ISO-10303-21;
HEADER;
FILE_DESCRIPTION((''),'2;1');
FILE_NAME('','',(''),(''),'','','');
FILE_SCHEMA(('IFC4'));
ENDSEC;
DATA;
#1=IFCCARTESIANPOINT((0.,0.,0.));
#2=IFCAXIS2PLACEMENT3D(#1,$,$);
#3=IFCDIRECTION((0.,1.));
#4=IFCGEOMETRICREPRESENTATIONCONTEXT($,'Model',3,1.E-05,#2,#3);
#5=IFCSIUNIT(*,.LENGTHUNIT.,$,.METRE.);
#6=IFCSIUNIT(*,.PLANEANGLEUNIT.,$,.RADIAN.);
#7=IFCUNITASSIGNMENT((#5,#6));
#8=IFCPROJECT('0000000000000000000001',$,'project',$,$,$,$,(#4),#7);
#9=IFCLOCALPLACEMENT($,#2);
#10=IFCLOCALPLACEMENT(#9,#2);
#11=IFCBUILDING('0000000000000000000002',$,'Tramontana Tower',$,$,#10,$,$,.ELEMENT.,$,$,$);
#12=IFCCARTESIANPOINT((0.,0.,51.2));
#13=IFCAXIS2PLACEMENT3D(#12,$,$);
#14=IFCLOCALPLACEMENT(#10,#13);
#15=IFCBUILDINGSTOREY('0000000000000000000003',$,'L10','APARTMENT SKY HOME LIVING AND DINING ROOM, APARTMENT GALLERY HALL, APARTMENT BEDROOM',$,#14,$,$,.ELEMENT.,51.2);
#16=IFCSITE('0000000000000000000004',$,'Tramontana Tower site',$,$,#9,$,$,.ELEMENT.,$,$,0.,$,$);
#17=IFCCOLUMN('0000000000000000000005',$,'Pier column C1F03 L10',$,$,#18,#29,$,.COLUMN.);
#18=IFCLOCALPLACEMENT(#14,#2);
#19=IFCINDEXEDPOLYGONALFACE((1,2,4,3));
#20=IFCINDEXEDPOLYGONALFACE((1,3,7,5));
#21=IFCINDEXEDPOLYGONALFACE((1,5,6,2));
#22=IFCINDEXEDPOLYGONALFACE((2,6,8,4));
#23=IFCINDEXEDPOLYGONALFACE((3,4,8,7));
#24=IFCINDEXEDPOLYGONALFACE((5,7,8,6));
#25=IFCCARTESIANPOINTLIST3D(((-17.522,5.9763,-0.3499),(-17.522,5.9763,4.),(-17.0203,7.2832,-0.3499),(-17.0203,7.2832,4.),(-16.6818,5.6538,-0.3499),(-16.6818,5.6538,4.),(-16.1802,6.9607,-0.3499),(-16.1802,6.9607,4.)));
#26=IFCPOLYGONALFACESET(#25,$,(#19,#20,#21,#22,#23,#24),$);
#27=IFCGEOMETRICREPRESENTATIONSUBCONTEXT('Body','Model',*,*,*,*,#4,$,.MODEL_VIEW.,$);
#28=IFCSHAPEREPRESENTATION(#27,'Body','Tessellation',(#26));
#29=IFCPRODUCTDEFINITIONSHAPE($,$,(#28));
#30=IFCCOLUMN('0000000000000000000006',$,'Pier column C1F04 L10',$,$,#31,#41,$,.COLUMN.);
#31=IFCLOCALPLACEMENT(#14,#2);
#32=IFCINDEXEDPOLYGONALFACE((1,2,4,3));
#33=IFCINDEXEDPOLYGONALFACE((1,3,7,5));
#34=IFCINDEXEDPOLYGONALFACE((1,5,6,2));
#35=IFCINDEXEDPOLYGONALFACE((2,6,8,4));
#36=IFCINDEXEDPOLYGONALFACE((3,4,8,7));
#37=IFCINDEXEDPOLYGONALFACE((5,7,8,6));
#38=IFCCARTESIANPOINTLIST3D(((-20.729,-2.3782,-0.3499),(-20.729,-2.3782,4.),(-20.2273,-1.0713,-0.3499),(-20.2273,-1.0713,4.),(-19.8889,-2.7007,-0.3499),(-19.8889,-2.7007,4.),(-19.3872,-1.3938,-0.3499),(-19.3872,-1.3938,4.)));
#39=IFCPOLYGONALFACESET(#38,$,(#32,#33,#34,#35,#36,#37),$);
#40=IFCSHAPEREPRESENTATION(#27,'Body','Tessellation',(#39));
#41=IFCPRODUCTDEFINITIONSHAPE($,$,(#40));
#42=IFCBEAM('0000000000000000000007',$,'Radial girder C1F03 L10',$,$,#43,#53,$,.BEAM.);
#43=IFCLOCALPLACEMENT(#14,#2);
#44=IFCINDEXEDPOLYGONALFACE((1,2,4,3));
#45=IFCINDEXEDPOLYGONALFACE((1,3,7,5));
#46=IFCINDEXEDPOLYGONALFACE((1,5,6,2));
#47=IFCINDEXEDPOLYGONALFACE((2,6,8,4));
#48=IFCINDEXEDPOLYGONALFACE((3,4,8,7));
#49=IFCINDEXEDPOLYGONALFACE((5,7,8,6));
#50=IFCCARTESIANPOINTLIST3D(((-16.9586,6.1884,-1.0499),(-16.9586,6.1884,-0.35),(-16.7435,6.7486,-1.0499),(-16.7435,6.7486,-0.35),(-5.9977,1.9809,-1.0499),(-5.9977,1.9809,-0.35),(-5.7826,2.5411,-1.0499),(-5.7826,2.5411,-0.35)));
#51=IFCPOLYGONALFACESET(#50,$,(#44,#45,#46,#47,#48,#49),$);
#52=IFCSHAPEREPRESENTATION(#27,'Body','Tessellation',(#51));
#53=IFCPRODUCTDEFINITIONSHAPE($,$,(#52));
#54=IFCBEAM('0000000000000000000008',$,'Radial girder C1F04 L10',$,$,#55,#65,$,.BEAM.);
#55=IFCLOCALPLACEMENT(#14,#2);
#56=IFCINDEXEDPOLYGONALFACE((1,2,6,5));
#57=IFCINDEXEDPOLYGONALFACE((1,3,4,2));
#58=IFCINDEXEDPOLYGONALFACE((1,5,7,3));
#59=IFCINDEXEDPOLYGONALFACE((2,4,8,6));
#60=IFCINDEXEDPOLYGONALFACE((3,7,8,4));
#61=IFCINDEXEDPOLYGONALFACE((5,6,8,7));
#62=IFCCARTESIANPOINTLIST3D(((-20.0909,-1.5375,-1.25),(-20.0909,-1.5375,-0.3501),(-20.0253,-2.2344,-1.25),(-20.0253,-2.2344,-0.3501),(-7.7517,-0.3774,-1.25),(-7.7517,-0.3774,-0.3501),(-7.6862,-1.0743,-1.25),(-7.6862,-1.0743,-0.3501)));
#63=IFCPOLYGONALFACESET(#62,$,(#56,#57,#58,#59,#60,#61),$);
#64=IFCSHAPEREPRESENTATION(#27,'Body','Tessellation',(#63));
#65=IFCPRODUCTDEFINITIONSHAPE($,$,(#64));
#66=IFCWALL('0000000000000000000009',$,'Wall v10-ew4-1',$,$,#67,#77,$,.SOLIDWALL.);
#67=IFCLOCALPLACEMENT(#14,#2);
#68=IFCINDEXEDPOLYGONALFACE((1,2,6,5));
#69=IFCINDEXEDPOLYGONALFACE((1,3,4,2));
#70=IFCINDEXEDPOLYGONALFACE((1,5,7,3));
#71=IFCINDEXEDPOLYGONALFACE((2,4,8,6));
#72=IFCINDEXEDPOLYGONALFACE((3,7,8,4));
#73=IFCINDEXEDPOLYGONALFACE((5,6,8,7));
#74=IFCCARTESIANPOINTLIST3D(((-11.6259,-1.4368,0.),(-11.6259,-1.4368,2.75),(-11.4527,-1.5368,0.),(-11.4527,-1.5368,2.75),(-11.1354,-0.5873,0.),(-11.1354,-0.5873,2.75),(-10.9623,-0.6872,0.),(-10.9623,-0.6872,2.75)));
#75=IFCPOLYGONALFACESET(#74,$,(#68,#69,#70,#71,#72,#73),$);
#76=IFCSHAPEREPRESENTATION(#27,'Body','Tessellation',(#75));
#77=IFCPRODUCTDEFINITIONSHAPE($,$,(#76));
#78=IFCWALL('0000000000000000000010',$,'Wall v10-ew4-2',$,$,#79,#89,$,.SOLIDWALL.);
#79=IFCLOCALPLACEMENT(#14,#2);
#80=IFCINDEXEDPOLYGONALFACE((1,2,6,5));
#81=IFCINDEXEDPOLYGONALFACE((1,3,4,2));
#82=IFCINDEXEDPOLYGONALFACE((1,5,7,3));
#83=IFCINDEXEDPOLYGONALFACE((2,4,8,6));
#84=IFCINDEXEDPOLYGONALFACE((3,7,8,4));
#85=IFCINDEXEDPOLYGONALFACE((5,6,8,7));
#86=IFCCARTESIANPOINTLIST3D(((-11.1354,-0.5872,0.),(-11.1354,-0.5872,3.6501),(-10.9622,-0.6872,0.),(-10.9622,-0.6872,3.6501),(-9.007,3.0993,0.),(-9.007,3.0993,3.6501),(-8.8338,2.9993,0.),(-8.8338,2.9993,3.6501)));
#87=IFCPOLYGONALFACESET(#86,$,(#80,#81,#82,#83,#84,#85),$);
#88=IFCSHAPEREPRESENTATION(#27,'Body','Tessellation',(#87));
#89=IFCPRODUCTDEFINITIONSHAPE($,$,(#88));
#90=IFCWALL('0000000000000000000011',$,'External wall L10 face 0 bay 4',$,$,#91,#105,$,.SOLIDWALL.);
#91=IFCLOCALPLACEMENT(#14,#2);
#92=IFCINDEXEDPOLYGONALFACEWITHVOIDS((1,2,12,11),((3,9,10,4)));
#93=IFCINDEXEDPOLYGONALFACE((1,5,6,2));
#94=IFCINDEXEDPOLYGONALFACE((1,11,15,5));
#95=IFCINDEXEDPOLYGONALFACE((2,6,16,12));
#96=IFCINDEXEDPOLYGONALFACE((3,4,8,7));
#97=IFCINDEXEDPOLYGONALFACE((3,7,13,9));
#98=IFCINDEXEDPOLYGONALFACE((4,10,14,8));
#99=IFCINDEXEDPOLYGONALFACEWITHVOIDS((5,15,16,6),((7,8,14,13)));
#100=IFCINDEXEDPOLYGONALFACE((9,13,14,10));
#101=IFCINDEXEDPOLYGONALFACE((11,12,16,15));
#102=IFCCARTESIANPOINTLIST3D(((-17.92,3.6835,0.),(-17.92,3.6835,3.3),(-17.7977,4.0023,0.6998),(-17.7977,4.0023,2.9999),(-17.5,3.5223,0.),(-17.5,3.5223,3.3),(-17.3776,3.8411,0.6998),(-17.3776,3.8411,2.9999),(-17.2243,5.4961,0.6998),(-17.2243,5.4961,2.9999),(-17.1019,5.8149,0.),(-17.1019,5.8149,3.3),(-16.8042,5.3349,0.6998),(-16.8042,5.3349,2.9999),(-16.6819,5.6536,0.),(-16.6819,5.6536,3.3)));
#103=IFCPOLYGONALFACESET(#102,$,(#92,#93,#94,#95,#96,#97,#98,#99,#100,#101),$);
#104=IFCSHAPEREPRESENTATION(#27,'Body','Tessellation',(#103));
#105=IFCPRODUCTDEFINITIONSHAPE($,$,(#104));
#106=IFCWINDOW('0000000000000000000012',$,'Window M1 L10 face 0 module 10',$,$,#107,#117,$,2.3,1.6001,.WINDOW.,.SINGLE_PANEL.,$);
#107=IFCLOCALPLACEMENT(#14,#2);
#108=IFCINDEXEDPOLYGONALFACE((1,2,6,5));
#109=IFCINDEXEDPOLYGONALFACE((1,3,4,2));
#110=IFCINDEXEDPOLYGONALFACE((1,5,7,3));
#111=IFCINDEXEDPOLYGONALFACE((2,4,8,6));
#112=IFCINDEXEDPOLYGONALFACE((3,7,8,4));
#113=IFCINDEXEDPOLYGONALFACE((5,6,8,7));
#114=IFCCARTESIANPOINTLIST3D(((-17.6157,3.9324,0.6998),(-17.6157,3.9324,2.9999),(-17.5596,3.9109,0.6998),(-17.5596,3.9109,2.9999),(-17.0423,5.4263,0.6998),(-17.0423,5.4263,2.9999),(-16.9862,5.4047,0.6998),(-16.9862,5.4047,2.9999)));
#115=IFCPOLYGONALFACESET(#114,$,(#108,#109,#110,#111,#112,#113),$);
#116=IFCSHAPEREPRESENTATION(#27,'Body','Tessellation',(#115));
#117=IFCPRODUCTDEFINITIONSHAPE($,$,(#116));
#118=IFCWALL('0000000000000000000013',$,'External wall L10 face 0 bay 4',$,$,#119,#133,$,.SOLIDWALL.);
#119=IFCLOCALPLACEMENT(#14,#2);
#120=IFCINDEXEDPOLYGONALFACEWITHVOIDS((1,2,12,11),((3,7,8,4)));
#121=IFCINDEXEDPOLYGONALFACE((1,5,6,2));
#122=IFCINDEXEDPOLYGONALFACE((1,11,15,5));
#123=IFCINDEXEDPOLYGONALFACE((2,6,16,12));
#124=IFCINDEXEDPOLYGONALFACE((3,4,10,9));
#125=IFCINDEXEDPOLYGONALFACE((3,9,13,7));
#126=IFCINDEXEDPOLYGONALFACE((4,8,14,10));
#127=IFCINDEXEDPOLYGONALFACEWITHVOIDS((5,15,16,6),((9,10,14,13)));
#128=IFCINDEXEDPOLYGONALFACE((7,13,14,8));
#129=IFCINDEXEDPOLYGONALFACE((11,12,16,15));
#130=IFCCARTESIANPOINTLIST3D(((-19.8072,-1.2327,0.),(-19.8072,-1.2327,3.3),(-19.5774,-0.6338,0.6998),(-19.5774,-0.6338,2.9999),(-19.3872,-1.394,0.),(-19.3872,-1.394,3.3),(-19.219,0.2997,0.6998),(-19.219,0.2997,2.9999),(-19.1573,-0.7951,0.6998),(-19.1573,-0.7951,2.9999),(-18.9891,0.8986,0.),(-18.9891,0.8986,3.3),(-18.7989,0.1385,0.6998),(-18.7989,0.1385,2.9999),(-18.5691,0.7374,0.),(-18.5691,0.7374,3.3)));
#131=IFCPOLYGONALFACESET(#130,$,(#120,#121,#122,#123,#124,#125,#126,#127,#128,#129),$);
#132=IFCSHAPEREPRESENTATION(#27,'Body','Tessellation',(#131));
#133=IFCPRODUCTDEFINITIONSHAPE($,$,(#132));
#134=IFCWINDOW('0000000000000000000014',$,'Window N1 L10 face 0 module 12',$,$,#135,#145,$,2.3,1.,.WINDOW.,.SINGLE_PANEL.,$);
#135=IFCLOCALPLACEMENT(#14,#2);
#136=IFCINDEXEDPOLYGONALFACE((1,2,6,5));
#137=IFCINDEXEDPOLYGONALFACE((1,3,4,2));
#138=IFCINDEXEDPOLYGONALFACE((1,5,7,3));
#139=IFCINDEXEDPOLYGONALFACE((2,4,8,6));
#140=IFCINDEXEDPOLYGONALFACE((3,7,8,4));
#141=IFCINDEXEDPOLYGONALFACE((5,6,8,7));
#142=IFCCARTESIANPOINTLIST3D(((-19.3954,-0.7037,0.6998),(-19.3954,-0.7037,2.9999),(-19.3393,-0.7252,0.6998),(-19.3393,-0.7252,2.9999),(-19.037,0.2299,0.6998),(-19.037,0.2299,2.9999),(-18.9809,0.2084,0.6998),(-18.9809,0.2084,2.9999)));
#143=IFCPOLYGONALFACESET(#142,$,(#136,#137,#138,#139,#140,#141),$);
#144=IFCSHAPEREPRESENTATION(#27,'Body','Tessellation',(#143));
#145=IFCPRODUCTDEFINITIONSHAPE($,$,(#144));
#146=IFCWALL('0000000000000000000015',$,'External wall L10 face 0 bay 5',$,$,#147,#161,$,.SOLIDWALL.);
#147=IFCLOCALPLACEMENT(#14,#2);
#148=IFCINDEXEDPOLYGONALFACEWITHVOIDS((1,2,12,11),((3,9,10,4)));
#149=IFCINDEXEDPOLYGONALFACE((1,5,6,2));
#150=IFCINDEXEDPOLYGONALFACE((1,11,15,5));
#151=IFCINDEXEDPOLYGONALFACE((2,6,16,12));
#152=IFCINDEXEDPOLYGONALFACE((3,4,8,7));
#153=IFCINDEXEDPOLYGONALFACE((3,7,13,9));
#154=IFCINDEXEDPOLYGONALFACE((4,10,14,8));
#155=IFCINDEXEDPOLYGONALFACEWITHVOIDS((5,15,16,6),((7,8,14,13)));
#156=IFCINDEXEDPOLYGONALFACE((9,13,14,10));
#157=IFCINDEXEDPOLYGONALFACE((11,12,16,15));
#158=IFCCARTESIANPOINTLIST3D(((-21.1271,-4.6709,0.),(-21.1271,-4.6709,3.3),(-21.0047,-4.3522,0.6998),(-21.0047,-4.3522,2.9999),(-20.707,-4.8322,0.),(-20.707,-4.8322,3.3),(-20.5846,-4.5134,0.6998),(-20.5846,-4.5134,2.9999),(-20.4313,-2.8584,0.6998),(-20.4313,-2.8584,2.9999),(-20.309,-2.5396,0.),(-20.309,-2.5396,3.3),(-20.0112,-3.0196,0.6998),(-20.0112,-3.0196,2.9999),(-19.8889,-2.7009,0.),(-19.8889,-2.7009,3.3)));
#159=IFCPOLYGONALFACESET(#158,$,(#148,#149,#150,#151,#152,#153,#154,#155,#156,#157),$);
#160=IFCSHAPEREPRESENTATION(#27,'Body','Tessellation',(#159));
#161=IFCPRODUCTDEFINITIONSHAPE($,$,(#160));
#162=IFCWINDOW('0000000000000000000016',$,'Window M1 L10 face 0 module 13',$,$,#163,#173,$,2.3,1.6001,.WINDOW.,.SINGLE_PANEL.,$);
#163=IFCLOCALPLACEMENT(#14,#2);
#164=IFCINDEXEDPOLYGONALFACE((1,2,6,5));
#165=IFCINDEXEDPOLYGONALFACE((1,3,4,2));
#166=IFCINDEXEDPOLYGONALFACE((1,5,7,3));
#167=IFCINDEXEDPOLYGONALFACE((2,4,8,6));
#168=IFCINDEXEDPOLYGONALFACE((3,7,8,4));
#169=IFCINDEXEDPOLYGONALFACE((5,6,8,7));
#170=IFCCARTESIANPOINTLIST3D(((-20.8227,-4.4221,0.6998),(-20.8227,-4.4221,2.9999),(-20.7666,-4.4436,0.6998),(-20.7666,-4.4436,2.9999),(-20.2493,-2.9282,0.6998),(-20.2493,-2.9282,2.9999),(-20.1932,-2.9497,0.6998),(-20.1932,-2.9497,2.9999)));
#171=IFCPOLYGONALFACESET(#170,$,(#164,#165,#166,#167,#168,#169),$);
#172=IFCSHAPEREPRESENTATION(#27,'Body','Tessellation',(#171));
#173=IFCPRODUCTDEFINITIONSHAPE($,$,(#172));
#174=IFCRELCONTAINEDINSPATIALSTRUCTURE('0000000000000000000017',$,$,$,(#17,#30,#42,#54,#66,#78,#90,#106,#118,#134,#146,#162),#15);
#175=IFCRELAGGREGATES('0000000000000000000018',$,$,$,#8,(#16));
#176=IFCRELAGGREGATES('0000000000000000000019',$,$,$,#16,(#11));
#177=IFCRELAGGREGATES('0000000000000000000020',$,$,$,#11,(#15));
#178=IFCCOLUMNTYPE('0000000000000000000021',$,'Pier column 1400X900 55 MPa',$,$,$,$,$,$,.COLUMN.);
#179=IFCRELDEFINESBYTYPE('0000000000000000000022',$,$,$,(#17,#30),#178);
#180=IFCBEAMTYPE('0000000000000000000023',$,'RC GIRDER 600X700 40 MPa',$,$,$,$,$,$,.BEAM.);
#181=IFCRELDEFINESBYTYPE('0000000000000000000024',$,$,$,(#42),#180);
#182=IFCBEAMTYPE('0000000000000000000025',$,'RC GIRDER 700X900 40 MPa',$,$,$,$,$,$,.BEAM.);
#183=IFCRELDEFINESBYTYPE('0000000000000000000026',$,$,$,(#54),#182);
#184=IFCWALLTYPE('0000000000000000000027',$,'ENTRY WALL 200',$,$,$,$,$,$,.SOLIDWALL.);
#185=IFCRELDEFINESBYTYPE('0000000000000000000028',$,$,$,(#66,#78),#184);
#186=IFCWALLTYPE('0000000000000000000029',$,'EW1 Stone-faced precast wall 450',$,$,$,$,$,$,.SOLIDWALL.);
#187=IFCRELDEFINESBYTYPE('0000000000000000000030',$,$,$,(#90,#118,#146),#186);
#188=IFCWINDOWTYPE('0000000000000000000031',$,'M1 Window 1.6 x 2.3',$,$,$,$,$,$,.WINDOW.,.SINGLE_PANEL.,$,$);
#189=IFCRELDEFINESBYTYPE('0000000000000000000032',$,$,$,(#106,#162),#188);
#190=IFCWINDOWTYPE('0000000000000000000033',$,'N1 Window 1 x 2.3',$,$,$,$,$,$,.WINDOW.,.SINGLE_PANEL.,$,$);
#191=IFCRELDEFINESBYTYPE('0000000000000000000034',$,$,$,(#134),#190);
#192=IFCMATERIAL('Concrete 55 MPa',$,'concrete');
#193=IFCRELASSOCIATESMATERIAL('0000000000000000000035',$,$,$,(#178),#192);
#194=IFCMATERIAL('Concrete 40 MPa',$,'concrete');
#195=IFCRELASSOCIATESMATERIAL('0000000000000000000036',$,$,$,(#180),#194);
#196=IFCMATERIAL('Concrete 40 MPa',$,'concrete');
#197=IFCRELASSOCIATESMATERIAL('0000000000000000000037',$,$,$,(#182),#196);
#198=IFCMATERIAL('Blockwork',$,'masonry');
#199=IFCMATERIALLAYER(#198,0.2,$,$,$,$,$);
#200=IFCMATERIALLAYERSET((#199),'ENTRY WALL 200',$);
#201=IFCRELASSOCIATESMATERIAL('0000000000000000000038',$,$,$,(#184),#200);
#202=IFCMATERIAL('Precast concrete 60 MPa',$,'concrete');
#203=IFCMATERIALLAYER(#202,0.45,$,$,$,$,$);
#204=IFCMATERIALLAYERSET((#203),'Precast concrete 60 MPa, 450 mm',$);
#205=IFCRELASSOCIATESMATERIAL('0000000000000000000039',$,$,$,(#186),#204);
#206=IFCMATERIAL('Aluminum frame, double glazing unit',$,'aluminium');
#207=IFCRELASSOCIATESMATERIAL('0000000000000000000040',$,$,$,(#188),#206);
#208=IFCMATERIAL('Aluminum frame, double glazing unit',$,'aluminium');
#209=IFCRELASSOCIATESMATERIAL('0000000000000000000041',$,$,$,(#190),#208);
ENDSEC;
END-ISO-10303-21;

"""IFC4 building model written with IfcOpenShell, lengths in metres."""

from ifc_helpers import new_model, si_unit, direction, frame, frame_2d, origin, origin_2d, place, context, subcontext, project, spatial, rectangle, extrude, material, layer, layer_set, material_profile, profile_set, type_object, element, fill, save


model = new_model("IFC4")

# Units and contexts
model_context = context("Model", 3, precision=1e-05, world=origin(), true_north=direction((0.0, 1.0)))
body_context = subcontext(model_context, "Body", "Model", "MODEL_VIEW")
ifc_project = project(units=[si_unit("LENGTHUNIT", "METRE"), si_unit("PLANEANGLEUNIT", "RADIAN")], contexts=[model_context])

# Site, building, storey
site_placement = place(None, origin())
site = spatial("IfcSite", under=ifc_project, at=site_placement, Name="Tramontana Tower site", CompositionType="ELEMENT", RefElevation=0.0)
building_placement = place(site_placement, origin())
building = spatial("IfcBuilding", under=site, at=building_placement, Name="Tramontana Tower", CompositionType="ELEMENT")
storey_placement = place(building_placement, frame((0.0, 0.0, 51.2)))
storey = spatial("IfcBuildingStorey", under=building, at=storey_placement, Name="L10", Description="APARTMENT SKY HOME LIVING AND DINING ROOM, APARTMENT GALLERY HALL, APARTMENT BEDROOM", CompositionType="ELEMENT", Elevation=51.2)

# Columns
ifc_material_1 = material(Name="Concrete 55 MPa", Category="concrete")
ifc_material_profile_1 = material_profile(ifc_material_1, rectangle(XDim=1.3999, YDim=0.8999, at=origin_2d()), Name="Pier column 1400X900 55 MPa")
ifc_profile_set_1 = profile_set([ifc_material_profile_1], Name="Concrete 55 MPa")
column_type = type_object("IfcColumnType", Name="Pier column 1400X900 55 MPa", PredefinedType="COLUMN", material=ifc_profile_set_1)
for number, where, z_axis, x_axis, name in (
    (1, (-16.8511, 6.4685, -0.3499), (0.0, 0.0, 1.0), (-0.358368, -0.93358, 0.0), "Pier column C1F03 L10"),
    (2, (-20.0581, -1.886, -0.3499), (0.0, 0.0, 1.0), (-0.358368, -0.93358, 0.0), "Pier column C1F04 L10"),
):
    element("IfcColumn", number, at=place(storey_placement, frame(where, z_axis=z_axis, x_axis=x_axis)), inside=storey, type_object=column_type, Name=name, PredefinedType="COLUMN", context=body_context, shape_type="SweptSolid", body=[
        extrude(rectangle(XDim=1.3999, YDim=0.8999, at=origin_2d()), origin(), (0.0, 0.0, 1.0), 4.3499),
    ])

# Beams
ifc_material_2 = material(Name="Concrete 40 MPa", Category="concrete")
ifc_material_profile_2 = material_profile(ifc_material_2, rectangle(XDim=0.6001, YDim=0.7, at=origin_2d()), Name="RC GIRDER 600X700 40 MPa")
ifc_profile_set_2 = profile_set([ifc_material_profile_2], Name="Concrete 40 MPa")
beam_type_1 = type_object("IfcBeamType", Name="RC GIRDER 600X700 40 MPa", PredefinedType="BEAM", material=ifc_profile_set_2)
beam_1_placement = place(storey_placement, frame((-16.8511, 6.4685, -0.7), z_axis=(0.93358, -0.358369, 0.0), x_axis=(0.358369, 0.93358, 0.0)))
element("IfcBeam", 3, at=beam_1_placement, inside=storey, type_object=beam_type_1, Name="Radial girder C1F03 L10", PredefinedType="BEAM", context=body_context, shape_type="SweptSolid", body=[
    extrude(rectangle(XDim=0.6001, YDim=0.7, at=origin_2d()), origin(), (0.0, 0.0, 1.0), 11.7407),
])
ifc_material_3 = material(Name="Concrete 40 MPa", Category="concrete")
ifc_material_profile_3 = material_profile(ifc_material_3, rectangle(XDim=0.7, YDim=0.8999, at=origin_2d()), Name="RC GIRDER 700X900 40 MPa")
ifc_profile_set_3 = profile_set([ifc_material_profile_3], Name="Concrete 40 MPa")
beam_type_2 = type_object("IfcBeamType", Name="RC GIRDER 700X900 40 MPa", PredefinedType="BEAM", material=ifc_profile_set_3)
beam_2_placement = place(storey_placement, frame((-20.0581, -1.886, -0.8), z_axis=(0.995609, 0.09361, 0.0), x_axis=(-0.09361, 0.995609, 0.0)))
element("IfcBeam", 4, at=beam_2_placement, inside=storey, type_object=beam_type_2, Name="Radial girder C1F04 L10", PredefinedType="BEAM", context=body_context, shape_type="SweptSolid", body=[
    extrude(rectangle(XDim=0.7, YDim=0.8999, at=origin_2d()), origin(), (0.0, 0.0, 1.0), 12.3936),
])

# Walls
ifc_material_4 = material(Name="Blockwork", Category="masonry")
ifc_layer_1 = layer(ifc_material_4, 0.2)
ifc_layer_set_1 = layer_set([ifc_layer_1], Name="ENTRY WALL 200")
wall_type_1 = type_object("IfcWallType", Name="ENTRY WALL 200", PredefinedType="SOLIDWALL", material=ifc_layer_set_1)
wall_1_placement = place(storey_placement, frame((-11.5393, -1.4868, 0.0), z_axis=(0.0, 0.0, 1.0), x_axis=(0.499967, 0.866045, 0.0)))
element("IfcWall", 5, at=wall_1_placement, inside=storey, type_object=wall_type_1, Name="Wall v10-ew4-1", PredefinedType="SOLIDWALL", context=body_context, shape_type="SweptSolid", body=[
    extrude(rectangle(XDim=0.981, YDim=0.2, at=frame_2d((0.4905, 0.0))), origin(), (0.0, 0.0, 1.0), 2.75),
])
wall_2_placement = place(storey_placement, frame((-11.0488, -0.6372, 0.0), z_axis=(0.0, 0.0, 1.0), x_axis=(0.5, 0.866025, 0.0)))
element("IfcWall", 6, at=wall_2_placement, inside=storey, type_object=wall_type_1, Name="Wall v10-ew4-2", PredefinedType="SOLIDWALL", context=body_context, shape_type="SweptSolid", body=[
    extrude(rectangle(XDim=4.2568, YDim=0.2, at=frame_2d((2.1284, 0.0))), origin(), (0.0, 0.0, 1.0), 3.6501),
])

# Walls, openings, windows
ifc_material_5 = material(Name="Precast concrete 60 MPa", Category="concrete")
ifc_layer_2 = layer(ifc_material_5, 0.45)
ifc_layer_set_2 = layer_set([ifc_layer_2], Name="Precast concrete 60 MPa, 450 mm")
wall_type_2 = type_object("IfcWallType", Name="EW1 Stone-faced precast wall 450", PredefinedType="SOLIDWALL", material=ifc_layer_set_2)
wall_3_placement = place(storey_placement, frame((-16.8918, 5.7344, 0.0), z_axis=(0.0, 0.0, 1.0), x_axis=(-0.358356, -0.933585, 0.0)))
wall_3 = element("IfcWall", 7, at=wall_3_placement, inside=storey, type_object=wall_type_2, Name="External wall L10 face 0 bay 4", PredefinedType="SOLIDWALL", context=body_context, shape_type="SweptSolid", body=[
    extrude(rectangle(XDim=2.283, YDim=0.45, at=frame_2d((1.1416, 0.0))), origin(), (0.0, 0.0, 1.0), 3.3),
])
opening_1_placement = place(wall_3_placement, frame((0.3416, 0.0, 0.7)))
opening_1 = element("IfcOpeningElement", 8, at=opening_1_placement, cuts=wall_3, PredefinedType="OPENING", context=body_context, shape_type="SweptSolid", body=[
    extrude(rectangle(XDim=1.6001, YDim=2.3, at=frame_2d((0.8, 1.1499))), frame((0.0, 0.2349, 0.0), z_axis=(0.0, -1.0, 0.0), x_axis=(1.0, 0.0, 0.0)), (0.0, 0.0, 1.0), 0.47),
])
ifc_material_6 = material(Name="Aluminum frame, double glazing unit", Category="aluminium")
window_type_1 = type_object("IfcWindowType", Name="M1 Window 1.6 x 2.3", PartitioningType="SINGLE_PANEL", PredefinedType="WINDOW", material=ifc_material_6)
window_1_placement = place(opening_1_placement, origin())
window_1 = element("IfcWindow", 9, at=window_1_placement, inside=storey, type_object=window_type_1, Name="Window M1 L10 face 0 module 10", OverallHeight=2.3, OverallWidth=1.6001, PartitioningType="SINGLE_PANEL", PredefinedType="WINDOW", context=body_context, shape_type="SweptSolid", body=[
    extrude(rectangle(XDim=1.6001, YDim=2.3, at=frame_2d((0.8, 1.1499))), frame((0.0, 0.03, 0.0), z_axis=(0.0, -1.0, 0.0), x_axis=(1.0, 0.0, 0.0)), (0.0, 0.0, 1.0), 0.0601),
])
fill(opening_1, window_1)
wall_4_placement = place(storey_placement, frame((-18.7791, 0.8181, 0.0), z_axis=(0.0, 0.0, 1.0), x_axis=(-0.358356, -0.933585, 0.0)))
wall_4 = element("IfcWall", 10, at=wall_4_placement, inside=storey, type_object=wall_type_2, Name="External wall L10 face 0 bay 4", PredefinedType="SOLIDWALL", context=body_context, shape_type="SweptSolid", body=[
    extrude(rectangle(XDim=2.283, YDim=0.45, at=frame_2d((1.1416, 0.0))), origin(), (0.0, 0.0, 1.0), 3.3),
])
opening_2_placement = place(wall_4_placement, frame((0.6416, 0.0, 0.7)))
opening_2 = element("IfcOpeningElement", 11, at=opening_2_placement, cuts=wall_4, PredefinedType="OPENING", context=body_context, shape_type="SweptSolid", body=[
    extrude(rectangle(XDim=1.0, YDim=2.3, at=frame_2d((0.5, 1.1499))), frame((0.0, 0.2349, 0.0), z_axis=(0.0, -1.0, 0.0), x_axis=(1.0, 0.0, 0.0)), (0.0, 0.0, 1.0), 0.47),
])
ifc_material_7 = material(Name="Aluminum frame, double glazing unit", Category="aluminium")
window_type_2 = type_object("IfcWindowType", Name="N1 Window 1 x 2.3", PartitioningType="SINGLE_PANEL", PredefinedType="WINDOW", material=ifc_material_7)
window_2_placement = place(opening_2_placement, origin())
window_2 = element("IfcWindow", 12, at=window_2_placement, inside=storey, type_object=window_type_2, Name="Window N1 L10 face 0 module 12", OverallHeight=2.3, OverallWidth=1.0, PartitioningType="SINGLE_PANEL", PredefinedType="WINDOW", context=body_context, shape_type="SweptSolid", body=[
    extrude(rectangle(XDim=1.0, YDim=2.3, at=frame_2d((0.5, 1.1499))), frame((0.0, 0.03, 0.0), z_axis=(0.0, -1.0, 0.0), x_axis=(1.0, 0.0, 0.0)), (0.0, 0.0, 1.0), 0.0601),
])
fill(opening_2, window_2)
wall_5_placement = place(storey_placement, frame((-20.0989, -2.6201, 0.0), z_axis=(0.0, 0.0, 1.0), x_axis=(-0.358356, -0.933585, 0.0)))
wall_5 = element("IfcWall", 13, at=wall_5_placement, inside=storey, type_object=wall_type_2, Name="External wall L10 face 0 bay 5", PredefinedType="SOLIDWALL", context=body_context, shape_type="SweptSolid", body=[
    extrude(rectangle(XDim=2.283, YDim=0.45, at=frame_2d((1.1416, 0.0))), origin(), (0.0, 0.0, 1.0), 3.3),
])
opening_3_placement = place(wall_5_placement, frame((0.3416, 0.0, 0.7)))
opening_3 = element("IfcOpeningElement", 14, at=opening_3_placement, cuts=wall_5, PredefinedType="OPENING", context=body_context, shape_type="SweptSolid", body=[
    extrude(rectangle(XDim=1.6001, YDim=2.3, at=frame_2d((0.8, 1.1499))), frame((0.0, 0.2349, 0.0), z_axis=(0.0, -1.0, 0.0), x_axis=(1.0, 0.0, 0.0)), (0.0, 0.0, 1.0), 0.47),
])
window_3_placement = place(opening_3_placement, origin())
window_3 = element("IfcWindow", 15, at=window_3_placement, inside=storey, type_object=window_type_1, Name="Window M1 L10 face 0 module 13", OverallHeight=2.3, OverallWidth=1.6001, PartitioningType="SINGLE_PANEL", PredefinedType="WINDOW", context=body_context, shape_type="SweptSolid", body=[
    extrude(rectangle(XDim=1.6001, YDim=2.3, at=frame_2d((0.8, 1.1499))), frame((0.0, 0.03, 0.0), z_axis=(0.0, -1.0, 0.0), x_axis=(1.0, 0.0, 0.0)), (0.0, 0.0, 1.0), 0.0601),
])
fill(opening_3, window_3)

save(model, "model.ifc")
